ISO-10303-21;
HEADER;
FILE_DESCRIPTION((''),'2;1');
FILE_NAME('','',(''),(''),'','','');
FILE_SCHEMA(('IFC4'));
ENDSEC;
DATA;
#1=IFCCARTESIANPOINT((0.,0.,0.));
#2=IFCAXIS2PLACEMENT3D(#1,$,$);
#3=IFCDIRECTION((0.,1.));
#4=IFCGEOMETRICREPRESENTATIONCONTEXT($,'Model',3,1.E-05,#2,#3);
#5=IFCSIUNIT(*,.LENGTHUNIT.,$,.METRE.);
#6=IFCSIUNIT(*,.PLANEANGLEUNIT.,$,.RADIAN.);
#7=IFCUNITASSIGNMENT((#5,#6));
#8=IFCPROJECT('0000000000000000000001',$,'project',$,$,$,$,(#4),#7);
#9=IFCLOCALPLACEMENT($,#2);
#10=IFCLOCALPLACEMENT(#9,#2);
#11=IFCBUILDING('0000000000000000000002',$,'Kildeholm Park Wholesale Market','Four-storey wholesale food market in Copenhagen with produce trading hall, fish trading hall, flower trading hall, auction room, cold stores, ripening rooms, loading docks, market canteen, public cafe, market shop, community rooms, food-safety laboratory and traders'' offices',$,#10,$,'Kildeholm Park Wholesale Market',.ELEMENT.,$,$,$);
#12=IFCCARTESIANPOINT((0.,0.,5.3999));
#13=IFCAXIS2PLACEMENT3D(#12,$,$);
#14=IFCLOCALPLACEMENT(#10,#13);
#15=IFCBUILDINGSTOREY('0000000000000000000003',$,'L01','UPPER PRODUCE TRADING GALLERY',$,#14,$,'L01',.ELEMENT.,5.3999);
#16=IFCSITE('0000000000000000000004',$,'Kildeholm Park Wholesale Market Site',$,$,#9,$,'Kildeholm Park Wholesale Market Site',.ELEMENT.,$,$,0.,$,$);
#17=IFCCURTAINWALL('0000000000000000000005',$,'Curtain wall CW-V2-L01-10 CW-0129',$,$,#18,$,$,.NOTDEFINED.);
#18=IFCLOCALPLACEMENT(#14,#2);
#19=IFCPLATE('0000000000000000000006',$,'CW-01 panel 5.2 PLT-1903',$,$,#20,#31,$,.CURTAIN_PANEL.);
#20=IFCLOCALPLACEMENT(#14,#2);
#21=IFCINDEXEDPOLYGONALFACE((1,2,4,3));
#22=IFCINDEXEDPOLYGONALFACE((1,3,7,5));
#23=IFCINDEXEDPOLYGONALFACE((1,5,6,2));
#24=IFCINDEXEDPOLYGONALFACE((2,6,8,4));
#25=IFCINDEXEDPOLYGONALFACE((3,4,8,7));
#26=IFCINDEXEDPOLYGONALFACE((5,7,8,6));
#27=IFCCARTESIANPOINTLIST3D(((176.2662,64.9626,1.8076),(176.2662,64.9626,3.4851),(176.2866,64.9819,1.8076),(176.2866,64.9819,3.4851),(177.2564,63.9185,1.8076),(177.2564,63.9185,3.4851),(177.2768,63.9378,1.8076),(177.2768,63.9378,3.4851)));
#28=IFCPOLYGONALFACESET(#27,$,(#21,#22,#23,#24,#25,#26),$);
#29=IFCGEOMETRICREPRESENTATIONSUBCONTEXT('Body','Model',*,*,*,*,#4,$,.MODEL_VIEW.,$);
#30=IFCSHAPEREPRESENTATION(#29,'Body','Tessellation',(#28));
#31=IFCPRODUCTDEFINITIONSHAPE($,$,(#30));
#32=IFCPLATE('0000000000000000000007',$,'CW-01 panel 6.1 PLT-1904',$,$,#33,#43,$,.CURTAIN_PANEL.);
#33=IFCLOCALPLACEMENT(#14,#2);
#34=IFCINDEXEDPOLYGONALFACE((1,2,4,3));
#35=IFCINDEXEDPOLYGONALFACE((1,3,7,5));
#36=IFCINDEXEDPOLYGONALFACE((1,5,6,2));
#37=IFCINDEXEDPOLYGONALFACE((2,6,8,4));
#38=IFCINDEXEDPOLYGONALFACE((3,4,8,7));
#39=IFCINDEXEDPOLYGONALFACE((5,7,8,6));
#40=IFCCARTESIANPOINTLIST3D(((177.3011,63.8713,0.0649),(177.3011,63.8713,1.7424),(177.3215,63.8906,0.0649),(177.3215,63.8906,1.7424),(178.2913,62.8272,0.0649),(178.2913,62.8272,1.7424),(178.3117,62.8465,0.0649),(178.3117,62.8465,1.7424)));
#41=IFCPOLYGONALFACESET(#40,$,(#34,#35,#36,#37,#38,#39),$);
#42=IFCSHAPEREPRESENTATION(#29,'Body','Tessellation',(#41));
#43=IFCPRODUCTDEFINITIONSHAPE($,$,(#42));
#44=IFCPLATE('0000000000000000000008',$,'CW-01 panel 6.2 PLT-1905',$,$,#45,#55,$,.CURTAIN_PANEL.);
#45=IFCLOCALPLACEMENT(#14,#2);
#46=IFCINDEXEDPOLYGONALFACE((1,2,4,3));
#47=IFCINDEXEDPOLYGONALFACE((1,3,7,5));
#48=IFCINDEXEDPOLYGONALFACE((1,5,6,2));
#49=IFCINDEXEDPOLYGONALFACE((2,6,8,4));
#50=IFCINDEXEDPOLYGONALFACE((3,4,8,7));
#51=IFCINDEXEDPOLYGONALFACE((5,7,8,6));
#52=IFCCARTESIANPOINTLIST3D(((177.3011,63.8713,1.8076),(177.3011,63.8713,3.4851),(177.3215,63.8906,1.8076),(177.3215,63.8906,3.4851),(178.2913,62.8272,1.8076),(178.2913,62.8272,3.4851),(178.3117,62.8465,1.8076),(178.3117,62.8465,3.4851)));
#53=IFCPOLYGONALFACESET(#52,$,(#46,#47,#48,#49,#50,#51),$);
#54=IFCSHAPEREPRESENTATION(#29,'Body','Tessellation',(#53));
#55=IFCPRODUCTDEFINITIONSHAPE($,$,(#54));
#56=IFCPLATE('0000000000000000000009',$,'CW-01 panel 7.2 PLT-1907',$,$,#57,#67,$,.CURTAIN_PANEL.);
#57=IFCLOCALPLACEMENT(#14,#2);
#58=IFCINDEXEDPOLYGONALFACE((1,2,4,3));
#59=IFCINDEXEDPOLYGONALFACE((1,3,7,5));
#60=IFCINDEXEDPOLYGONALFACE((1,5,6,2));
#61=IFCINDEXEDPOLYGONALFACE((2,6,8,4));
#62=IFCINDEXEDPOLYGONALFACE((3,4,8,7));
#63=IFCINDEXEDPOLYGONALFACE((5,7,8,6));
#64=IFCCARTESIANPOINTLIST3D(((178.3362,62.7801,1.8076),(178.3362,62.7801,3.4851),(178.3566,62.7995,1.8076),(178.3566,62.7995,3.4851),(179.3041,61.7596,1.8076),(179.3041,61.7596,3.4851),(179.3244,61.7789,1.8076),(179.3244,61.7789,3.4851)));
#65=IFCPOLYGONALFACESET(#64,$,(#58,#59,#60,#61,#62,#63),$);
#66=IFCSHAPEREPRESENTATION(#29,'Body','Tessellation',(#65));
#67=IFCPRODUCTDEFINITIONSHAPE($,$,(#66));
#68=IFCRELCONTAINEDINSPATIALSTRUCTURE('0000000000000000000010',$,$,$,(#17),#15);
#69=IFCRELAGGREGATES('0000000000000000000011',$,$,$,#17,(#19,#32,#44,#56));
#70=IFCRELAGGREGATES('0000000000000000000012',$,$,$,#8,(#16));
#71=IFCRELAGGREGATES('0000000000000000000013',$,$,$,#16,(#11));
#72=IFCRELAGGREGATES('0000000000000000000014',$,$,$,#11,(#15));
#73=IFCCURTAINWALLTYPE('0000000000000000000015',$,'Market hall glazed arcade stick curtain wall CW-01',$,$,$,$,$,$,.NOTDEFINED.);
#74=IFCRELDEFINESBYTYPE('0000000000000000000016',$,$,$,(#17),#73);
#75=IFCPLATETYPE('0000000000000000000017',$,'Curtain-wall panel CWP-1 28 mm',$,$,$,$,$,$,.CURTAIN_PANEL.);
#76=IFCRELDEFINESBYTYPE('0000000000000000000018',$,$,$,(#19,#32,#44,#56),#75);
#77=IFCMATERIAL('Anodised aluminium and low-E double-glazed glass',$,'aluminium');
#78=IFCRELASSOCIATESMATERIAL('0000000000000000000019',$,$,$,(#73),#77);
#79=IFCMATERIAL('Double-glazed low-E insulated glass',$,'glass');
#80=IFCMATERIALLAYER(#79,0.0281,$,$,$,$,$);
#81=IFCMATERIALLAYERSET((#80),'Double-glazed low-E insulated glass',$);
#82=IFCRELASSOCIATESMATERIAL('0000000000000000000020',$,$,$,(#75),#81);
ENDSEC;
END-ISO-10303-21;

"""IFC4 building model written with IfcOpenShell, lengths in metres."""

from ifc_helpers import new_model, si_unit, direction, frame, origin, origin_2d, place, context, subcontext, project, spatial, rectangle, extrude, material, layer, layer_set, type_object, element, aggregate, save


model = new_model("IFC4")

# Units and contexts
model_context = context("Model", 3, precision=1e-05, world=origin(), true_north=direction((0.0, 1.0)))
body_context = subcontext(model_context, "Body", "Model", "MODEL_VIEW")
ifc_project = project(units=[si_unit("LENGTHUNIT", "METRE"), si_unit("PLANEANGLEUNIT", "RADIAN")], contexts=[model_context])

# Site, building, storey
site_placement = place(None, origin())
site = spatial("IfcSite", under=ifc_project, at=site_placement, Name="Kildeholm Park Wholesale Market Site", LongName="Kildeholm Park Wholesale Market Site", CompositionType="ELEMENT", RefElevation=0.0)
building_placement = place(site_placement, origin())
building = spatial("IfcBuilding", under=site, at=building_placement, Name="Kildeholm Park Wholesale Market", Description="Four-storey wholesale food market in Copenhagen with produce trading hall, fish trading hall, flower trading hall, auction room, cold stores, ripening rooms, loading docks, market canteen, public cafe, market shop, community rooms, food-safety laboratory and traders' offices", LongName="Kildeholm Park Wholesale Market", CompositionType="ELEMENT")
storey_placement = place(building_placement, frame((0.0, 0.0, 5.3999)))
storey = spatial("IfcBuildingStorey", under=building, at=storey_placement, Name="L01", Description="UPPER PRODUCE TRADING GALLERY", LongName="L01", CompositionType="ELEMENT", Elevation=5.3999)

# Curtain wall, plates
ifc_material_1 = material(Name="Anodised aluminium and low-E double-glazed glass", Category="aluminium")
curtain_wall_type = type_object("IfcCurtainWallType", Name="Market hall glazed arcade stick curtain wall CW-01", PredefinedType="NOTDEFINED", material=ifc_material_1)
curtain_wall_placement = place(storey_placement, origin())
curtain_wall = element("IfcCurtainWall", 1, at=curtain_wall_placement, inside=storey, type_object=curtain_wall_type, Name="Curtain wall CW-V2-L01-10 CW-0129", PredefinedType="NOTDEFINED")
ifc_material_2 = material(Name="Double-glazed low-E insulated glass", Category="glass")
ifc_layer = layer(ifc_material_2, 0.0281)
ifc_layer_set = layer_set([ifc_layer], Name="Double-glazed low-E insulated glass")
plate_type = type_object("IfcPlateType", Name="Curtain-wall panel CWP-1 28 mm", PredefinedType="CURTAIN_PANEL", material=ifc_layer_set)
plate_1_placement = place(storey_placement, frame((176.7715, 64.4502, 1.8076), z_axis=(0.0, 0.0, 1.0), x_axis=(0.688148, -0.725571, 0.0)))
plate_1 = element("IfcPlate", 2, at=plate_1_placement, type_object=plate_type, Name="CW-01 panel 5.2 PLT-1903", PredefinedType="CURTAIN_PANEL", context=body_context, shape_type="SweptSolid", body=[
    extrude(rectangle(XDim=1.439, YDim=0.0281, at=origin_2d()), origin(), (0.0, 0.0, 1.0), 1.6775),
])
plate_2_placement = place(storey_placement, frame((177.8064, 63.3589, 0.0649), z_axis=(0.0, 0.0, 1.0), x_axis=(0.688148, -0.725571, 0.0)))
plate_2 = element("IfcPlate", 3, at=plate_2_placement, type_object=plate_type, Name="CW-01 panel 6.1 PLT-1904", PredefinedType="CURTAIN_PANEL", context=body_context, shape_type="SweptSolid", body=[
    extrude(rectangle(XDim=1.439, YDim=0.0281, at=origin_2d()), origin(), (0.0, 0.0, 1.0), 1.6775),
])
plate_3_placement = place(storey_placement, frame((177.8064, 63.3589, 1.8076), z_axis=(0.0, 0.0, 1.0), x_axis=(0.688148, -0.725571, 0.0)))
plate_3 = element("IfcPlate", 4, at=plate_3_placement, type_object=plate_type, Name="CW-01 panel 6.2 PLT-1905", PredefinedType="CURTAIN_PANEL", context=body_context, shape_type="SweptSolid", body=[
    extrude(rectangle(XDim=1.439, YDim=0.0281, at=origin_2d()), origin(), (0.0, 0.0, 1.0), 1.6775),
])
plate_4_placement = place(storey_placement, frame((178.8303, 62.2795, 1.8076), z_axis=(0.0, 0.0, 1.0), x_axis=(0.688148, -0.725571, 0.0)))
plate_4 = element("IfcPlate", 5, at=plate_4_placement, type_object=plate_type, Name="CW-01 panel 7.2 PLT-1907", PredefinedType="CURTAIN_PANEL", context=body_context, shape_type="SweptSolid", body=[
    extrude(rectangle(XDim=1.4065, YDim=0.0281, at=origin_2d()), origin(), (0.0, 0.0, 1.0), 1.6775),
])
aggregate(curtain_wall, [plate_1, plate_2, plate_3, plate_4])

save(model, "model.ifc")
